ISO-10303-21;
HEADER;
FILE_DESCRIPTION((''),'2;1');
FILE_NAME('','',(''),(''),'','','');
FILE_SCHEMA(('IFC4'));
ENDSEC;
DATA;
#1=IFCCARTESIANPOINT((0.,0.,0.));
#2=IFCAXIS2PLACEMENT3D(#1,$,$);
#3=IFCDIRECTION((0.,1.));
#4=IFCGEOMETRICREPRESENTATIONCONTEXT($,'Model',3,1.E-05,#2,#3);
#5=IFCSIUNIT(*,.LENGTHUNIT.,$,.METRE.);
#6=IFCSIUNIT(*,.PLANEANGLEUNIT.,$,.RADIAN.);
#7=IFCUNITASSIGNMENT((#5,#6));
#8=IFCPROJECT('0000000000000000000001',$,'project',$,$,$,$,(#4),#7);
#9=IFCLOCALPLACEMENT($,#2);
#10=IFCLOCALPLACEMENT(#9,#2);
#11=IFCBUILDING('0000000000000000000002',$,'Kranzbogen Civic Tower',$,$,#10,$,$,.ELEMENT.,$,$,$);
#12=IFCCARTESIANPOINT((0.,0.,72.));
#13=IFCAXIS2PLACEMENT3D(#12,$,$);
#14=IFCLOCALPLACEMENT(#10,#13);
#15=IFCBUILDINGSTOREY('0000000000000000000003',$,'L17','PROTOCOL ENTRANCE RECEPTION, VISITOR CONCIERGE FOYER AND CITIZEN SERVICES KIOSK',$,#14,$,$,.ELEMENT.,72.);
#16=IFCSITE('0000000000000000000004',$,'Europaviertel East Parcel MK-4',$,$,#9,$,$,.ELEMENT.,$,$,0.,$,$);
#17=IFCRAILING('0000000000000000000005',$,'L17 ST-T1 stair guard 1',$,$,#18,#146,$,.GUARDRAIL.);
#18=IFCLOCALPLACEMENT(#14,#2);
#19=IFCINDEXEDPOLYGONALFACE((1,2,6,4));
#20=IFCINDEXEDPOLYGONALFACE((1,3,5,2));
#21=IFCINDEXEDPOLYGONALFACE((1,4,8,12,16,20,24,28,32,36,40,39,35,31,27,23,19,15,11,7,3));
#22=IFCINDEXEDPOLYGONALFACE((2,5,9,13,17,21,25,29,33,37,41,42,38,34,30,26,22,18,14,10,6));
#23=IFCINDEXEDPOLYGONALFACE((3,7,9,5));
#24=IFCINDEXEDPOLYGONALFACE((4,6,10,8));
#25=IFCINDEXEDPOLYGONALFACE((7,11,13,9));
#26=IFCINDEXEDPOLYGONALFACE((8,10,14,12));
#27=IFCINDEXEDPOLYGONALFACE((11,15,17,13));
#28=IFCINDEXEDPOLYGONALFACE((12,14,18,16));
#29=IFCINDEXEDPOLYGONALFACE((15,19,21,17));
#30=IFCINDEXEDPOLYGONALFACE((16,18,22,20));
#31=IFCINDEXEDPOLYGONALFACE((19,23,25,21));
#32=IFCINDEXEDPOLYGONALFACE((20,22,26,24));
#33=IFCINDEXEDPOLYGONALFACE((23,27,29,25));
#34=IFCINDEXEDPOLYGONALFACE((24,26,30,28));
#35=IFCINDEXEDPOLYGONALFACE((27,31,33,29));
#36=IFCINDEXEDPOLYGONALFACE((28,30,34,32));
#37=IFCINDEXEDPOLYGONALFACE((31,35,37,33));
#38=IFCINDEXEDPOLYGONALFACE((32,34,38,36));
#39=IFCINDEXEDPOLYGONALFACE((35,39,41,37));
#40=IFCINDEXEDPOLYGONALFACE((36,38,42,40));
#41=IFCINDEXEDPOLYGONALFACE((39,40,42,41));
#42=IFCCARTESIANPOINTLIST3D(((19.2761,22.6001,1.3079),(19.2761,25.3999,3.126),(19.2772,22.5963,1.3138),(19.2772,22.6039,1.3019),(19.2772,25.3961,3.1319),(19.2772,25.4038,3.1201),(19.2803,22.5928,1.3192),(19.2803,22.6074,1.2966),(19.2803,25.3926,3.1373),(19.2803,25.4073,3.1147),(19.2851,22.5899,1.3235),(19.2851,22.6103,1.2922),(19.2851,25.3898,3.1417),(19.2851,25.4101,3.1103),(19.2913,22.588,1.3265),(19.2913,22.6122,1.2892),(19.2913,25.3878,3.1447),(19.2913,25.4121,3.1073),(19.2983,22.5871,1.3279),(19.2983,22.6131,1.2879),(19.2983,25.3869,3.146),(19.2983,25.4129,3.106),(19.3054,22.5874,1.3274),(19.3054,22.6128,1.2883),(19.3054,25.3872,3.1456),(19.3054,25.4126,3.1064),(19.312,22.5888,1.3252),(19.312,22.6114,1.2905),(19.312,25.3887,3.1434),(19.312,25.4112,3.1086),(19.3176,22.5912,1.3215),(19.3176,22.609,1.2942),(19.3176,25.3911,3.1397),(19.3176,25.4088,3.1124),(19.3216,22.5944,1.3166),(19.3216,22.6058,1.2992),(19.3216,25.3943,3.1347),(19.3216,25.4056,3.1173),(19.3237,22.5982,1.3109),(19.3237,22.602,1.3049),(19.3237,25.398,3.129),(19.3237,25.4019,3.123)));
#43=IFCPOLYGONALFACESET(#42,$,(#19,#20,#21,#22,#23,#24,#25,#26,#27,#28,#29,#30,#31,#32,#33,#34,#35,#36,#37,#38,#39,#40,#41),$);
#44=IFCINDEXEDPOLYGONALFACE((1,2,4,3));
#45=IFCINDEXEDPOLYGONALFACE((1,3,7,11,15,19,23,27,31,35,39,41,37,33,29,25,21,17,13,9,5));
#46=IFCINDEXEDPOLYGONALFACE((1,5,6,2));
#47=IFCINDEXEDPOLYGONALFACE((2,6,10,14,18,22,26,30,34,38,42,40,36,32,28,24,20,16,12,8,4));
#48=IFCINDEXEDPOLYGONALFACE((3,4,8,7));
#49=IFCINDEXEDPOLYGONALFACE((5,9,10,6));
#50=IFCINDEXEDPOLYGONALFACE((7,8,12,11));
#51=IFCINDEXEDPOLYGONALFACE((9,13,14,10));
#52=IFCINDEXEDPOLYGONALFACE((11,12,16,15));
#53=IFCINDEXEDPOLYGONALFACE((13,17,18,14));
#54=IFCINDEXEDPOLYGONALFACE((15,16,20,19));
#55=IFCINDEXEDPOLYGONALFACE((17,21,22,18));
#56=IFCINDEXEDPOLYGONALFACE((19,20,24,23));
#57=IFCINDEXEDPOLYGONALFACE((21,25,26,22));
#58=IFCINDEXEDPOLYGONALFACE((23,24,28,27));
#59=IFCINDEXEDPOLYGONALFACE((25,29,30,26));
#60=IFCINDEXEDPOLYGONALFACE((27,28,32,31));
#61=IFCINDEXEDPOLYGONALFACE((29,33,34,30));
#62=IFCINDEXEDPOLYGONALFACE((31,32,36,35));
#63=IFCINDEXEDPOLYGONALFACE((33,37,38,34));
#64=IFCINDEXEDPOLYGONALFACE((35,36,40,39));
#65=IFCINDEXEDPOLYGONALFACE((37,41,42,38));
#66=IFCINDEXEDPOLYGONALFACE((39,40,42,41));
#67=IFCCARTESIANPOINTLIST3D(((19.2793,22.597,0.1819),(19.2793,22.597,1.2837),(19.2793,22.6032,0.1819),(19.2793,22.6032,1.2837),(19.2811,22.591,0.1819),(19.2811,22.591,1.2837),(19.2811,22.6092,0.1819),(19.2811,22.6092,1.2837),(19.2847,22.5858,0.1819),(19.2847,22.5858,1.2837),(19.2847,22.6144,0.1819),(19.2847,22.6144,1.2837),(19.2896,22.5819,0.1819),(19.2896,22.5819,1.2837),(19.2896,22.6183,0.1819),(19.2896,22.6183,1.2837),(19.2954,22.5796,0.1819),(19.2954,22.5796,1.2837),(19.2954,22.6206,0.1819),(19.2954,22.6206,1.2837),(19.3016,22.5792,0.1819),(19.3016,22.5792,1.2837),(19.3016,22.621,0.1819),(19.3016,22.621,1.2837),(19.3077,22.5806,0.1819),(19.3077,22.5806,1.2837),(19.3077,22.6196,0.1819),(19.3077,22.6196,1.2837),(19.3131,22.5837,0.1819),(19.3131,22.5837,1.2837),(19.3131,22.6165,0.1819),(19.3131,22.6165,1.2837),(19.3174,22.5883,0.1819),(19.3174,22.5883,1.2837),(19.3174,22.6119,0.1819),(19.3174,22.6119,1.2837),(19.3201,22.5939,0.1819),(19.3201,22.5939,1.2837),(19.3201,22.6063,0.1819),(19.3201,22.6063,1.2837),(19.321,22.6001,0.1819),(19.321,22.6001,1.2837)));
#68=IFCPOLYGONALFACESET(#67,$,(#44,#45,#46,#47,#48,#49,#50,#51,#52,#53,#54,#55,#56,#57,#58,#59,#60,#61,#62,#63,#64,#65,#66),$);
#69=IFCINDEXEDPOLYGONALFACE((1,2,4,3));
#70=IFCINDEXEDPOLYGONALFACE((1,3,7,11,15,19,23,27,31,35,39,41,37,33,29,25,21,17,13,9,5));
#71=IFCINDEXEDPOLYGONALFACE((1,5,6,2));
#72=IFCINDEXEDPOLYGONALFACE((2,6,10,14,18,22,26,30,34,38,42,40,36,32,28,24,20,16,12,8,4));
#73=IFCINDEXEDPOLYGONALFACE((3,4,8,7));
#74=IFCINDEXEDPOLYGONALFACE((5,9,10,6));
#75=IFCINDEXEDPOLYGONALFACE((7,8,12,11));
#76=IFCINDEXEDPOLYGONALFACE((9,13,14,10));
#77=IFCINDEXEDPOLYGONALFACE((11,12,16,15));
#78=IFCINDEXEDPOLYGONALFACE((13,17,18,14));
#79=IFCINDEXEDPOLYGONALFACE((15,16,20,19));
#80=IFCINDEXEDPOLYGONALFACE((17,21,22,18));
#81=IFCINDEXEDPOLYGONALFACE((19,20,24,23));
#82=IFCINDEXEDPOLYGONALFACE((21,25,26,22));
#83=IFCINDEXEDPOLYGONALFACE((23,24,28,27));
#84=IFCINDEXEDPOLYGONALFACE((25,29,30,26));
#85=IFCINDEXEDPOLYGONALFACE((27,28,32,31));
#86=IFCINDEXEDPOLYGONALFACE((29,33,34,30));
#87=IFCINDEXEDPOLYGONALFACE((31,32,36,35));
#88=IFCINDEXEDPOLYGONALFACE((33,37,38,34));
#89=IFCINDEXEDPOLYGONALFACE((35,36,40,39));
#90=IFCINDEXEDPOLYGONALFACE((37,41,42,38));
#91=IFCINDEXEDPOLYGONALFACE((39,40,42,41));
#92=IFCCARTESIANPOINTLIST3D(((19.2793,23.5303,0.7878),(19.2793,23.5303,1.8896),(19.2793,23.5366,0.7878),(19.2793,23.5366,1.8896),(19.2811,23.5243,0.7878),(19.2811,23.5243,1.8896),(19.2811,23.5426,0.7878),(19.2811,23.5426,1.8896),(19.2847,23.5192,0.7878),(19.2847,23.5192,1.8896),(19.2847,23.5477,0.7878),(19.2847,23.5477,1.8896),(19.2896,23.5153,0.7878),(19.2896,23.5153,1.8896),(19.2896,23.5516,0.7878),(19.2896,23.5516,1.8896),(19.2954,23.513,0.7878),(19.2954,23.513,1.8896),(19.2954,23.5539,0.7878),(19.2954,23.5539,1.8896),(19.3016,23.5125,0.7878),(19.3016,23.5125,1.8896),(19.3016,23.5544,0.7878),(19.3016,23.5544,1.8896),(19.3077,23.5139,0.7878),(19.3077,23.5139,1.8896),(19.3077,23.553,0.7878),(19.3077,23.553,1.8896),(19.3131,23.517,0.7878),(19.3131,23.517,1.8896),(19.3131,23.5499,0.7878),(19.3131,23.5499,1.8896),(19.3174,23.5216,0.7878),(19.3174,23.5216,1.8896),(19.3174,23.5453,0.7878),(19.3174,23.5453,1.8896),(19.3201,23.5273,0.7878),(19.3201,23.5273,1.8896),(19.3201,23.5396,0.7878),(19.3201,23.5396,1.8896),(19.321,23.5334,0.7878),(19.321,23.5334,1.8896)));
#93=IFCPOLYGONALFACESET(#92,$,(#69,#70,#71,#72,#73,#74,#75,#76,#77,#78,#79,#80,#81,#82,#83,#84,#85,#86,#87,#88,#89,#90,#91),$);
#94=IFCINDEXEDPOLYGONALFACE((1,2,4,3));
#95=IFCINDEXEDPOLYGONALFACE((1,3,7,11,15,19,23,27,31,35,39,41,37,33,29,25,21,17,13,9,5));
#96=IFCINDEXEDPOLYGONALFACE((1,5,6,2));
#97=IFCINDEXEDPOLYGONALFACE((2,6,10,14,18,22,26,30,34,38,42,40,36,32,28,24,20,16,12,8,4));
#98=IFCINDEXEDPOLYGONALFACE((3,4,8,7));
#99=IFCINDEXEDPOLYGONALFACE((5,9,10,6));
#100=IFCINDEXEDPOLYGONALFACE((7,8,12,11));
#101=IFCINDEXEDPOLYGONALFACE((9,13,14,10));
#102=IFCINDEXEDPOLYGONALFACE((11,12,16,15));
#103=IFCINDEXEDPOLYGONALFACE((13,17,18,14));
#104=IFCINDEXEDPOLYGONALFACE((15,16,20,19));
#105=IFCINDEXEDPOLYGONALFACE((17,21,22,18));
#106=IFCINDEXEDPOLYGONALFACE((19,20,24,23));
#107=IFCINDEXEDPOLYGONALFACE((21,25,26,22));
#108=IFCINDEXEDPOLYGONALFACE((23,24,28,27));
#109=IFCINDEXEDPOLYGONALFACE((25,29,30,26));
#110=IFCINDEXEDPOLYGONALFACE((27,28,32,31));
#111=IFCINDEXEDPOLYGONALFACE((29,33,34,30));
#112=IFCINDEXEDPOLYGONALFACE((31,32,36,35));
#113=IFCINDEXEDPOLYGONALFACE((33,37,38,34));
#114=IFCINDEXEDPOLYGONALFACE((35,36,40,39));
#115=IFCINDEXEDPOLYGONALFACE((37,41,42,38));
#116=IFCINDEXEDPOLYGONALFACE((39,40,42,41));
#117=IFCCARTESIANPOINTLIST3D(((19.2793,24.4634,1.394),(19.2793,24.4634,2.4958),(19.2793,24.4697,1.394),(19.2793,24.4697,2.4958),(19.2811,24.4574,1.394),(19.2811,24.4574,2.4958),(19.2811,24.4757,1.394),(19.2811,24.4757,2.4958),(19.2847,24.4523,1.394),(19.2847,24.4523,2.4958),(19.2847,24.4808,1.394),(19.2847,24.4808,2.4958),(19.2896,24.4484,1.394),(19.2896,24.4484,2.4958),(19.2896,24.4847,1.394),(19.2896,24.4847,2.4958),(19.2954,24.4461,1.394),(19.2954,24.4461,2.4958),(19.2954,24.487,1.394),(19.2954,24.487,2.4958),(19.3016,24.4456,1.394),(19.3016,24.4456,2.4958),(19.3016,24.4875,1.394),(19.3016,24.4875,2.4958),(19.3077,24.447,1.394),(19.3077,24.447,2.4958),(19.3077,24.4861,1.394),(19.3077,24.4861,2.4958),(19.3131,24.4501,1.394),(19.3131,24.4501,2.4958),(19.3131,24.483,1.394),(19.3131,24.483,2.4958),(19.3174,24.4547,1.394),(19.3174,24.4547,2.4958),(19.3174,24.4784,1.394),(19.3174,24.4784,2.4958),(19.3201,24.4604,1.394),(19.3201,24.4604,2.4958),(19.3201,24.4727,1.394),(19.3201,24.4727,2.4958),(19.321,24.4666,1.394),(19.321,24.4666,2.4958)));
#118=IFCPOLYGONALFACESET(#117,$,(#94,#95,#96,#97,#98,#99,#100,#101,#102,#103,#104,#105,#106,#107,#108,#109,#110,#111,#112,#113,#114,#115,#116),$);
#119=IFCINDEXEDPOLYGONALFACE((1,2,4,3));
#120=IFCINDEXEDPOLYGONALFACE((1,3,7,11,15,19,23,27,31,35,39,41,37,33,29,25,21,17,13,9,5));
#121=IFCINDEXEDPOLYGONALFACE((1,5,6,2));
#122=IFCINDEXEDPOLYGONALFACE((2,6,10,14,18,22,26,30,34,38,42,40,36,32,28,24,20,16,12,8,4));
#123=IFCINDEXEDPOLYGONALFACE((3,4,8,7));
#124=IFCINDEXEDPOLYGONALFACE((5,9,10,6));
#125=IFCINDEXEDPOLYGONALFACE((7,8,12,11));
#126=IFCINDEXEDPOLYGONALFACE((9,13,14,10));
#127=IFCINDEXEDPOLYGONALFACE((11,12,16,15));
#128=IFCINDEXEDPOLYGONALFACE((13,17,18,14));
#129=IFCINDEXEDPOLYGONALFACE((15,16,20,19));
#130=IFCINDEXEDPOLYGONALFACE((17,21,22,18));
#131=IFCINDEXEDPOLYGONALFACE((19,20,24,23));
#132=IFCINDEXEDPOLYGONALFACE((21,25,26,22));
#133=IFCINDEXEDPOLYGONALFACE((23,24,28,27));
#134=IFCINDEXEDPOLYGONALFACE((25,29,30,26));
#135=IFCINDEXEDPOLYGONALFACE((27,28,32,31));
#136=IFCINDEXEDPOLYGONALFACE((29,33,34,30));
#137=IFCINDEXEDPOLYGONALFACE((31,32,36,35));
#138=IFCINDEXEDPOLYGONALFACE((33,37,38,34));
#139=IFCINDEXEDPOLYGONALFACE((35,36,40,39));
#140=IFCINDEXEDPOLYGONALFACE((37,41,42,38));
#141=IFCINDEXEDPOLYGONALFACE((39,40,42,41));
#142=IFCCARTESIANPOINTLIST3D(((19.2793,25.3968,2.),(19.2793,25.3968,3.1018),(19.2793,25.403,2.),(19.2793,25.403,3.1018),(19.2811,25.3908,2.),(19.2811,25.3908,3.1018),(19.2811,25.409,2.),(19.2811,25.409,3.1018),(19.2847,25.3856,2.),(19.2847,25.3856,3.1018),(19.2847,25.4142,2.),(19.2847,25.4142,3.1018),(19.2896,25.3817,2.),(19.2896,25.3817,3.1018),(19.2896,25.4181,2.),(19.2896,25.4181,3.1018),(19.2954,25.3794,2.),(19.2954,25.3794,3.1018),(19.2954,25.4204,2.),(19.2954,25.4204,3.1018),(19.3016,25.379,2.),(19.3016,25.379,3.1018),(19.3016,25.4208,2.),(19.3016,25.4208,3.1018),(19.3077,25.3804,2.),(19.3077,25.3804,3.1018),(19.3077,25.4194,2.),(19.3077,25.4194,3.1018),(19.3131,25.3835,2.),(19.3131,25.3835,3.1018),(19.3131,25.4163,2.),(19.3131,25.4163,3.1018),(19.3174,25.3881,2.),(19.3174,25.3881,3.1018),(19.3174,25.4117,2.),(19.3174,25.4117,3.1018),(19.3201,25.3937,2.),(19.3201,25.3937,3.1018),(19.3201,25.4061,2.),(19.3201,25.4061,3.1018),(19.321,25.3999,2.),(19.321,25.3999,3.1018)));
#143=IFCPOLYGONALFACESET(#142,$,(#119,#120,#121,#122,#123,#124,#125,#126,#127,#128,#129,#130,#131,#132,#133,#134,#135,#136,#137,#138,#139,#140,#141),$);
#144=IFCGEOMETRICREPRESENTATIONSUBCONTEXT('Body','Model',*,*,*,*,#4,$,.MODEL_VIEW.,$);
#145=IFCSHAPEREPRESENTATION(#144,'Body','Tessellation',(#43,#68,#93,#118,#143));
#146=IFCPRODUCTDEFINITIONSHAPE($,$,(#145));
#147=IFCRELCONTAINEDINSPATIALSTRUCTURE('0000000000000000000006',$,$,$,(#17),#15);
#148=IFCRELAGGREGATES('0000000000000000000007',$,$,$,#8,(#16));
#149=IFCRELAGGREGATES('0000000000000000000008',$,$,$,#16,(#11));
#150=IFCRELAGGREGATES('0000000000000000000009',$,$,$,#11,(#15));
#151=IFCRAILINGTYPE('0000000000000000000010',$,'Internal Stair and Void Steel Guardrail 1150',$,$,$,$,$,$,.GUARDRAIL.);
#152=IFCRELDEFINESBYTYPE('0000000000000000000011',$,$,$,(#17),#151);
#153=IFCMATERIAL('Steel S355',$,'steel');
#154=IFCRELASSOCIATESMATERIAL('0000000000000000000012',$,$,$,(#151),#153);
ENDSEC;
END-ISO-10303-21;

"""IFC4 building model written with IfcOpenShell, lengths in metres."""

from ifc_helpers import new_model, si_unit, direction, frame, origin, origin_2d, place, context, subcontext, project, spatial, circle, extrude, material, type_object, element, save


model = new_model("IFC4")

# Units and contexts
model_context = context("Model", 3, precision=1e-05, world=origin(), true_north=direction((0.0, 1.0)))
body_context = subcontext(model_context, "Body", "Model", "MODEL_VIEW")
ifc_project = project(units=[si_unit("LENGTHUNIT", "METRE"), si_unit("PLANEANGLEUNIT", "RADIAN")], contexts=[model_context])

# Site, building, storey
site_placement = place(None, origin())
site = spatial("IfcSite", under=ifc_project, at=site_placement, Name="Europaviertel East Parcel MK-4", CompositionType="ELEMENT", RefElevation=0.0)
building_placement = place(site_placement, origin())
building = spatial("IfcBuilding", under=site, at=building_placement, Name="Kranzbogen Civic Tower", CompositionType="ELEMENT")
storey_placement = place(building_placement, frame((0.0, 0.0, 72.0)))
storey = spatial("IfcBuildingStorey", under=building, at=storey_placement, Name="L17", Description="PROTOCOL ENTRANCE RECEPTION, VISITOR CONCIERGE FOYER AND CITIZEN SERVICES KIOSK", CompositionType="ELEMENT", Elevation=72.0)

# Shared definitions
ifc_material_1 = material(Name="Steel S355", Category="steel")

# Railing
railing_type_1 = type_object("IfcRailingType", Name="Internal Stair and Void Steel Guardrail 1150", PredefinedType="GUARDRAIL", material=ifc_material_1)
railing_1_placement = place(storey_placement, frame((19.3, 22.6001, 0.1819)))
element("IfcRailing", 1, at=railing_1_placement, inside=storey, type_object=railing_type_1, Name="L17 ST-T1 stair guard 1", PredefinedType="GUARDRAIL", context=body_context, shape_type="SweptSolid", body=[
    extrude(circle(Radius=0.0239, at=origin_2d()), frame((0.0, 0.0, 1.126), z_axis=(0.0, 0.838684, 0.544618), x_axis=(-1.0, 0.0, 0.0)), (0.0, 0.0, 1.0), 3.3384),
    extrude(circle(Radius=0.021, at=origin_2d()), origin(), (0.0, 0.0, 1.0), 1.1018),
    extrude(circle(Radius=0.021, at=origin_2d()), frame((0.0, 0.9333, 0.606)), (0.0, 0.0, 1.0), 1.1018),
    extrude(circle(Radius=0.021, at=origin_2d()), frame((0.0, 1.8665, 1.2122)), (0.0, 0.0, 1.0), 1.1018),
    extrude(circle(Radius=0.021, at=origin_2d()), frame((0.0, 2.7998, 1.8181)), (0.0, 0.0, 1.0), 1.1018),
])

save(model, "model.ifc")
